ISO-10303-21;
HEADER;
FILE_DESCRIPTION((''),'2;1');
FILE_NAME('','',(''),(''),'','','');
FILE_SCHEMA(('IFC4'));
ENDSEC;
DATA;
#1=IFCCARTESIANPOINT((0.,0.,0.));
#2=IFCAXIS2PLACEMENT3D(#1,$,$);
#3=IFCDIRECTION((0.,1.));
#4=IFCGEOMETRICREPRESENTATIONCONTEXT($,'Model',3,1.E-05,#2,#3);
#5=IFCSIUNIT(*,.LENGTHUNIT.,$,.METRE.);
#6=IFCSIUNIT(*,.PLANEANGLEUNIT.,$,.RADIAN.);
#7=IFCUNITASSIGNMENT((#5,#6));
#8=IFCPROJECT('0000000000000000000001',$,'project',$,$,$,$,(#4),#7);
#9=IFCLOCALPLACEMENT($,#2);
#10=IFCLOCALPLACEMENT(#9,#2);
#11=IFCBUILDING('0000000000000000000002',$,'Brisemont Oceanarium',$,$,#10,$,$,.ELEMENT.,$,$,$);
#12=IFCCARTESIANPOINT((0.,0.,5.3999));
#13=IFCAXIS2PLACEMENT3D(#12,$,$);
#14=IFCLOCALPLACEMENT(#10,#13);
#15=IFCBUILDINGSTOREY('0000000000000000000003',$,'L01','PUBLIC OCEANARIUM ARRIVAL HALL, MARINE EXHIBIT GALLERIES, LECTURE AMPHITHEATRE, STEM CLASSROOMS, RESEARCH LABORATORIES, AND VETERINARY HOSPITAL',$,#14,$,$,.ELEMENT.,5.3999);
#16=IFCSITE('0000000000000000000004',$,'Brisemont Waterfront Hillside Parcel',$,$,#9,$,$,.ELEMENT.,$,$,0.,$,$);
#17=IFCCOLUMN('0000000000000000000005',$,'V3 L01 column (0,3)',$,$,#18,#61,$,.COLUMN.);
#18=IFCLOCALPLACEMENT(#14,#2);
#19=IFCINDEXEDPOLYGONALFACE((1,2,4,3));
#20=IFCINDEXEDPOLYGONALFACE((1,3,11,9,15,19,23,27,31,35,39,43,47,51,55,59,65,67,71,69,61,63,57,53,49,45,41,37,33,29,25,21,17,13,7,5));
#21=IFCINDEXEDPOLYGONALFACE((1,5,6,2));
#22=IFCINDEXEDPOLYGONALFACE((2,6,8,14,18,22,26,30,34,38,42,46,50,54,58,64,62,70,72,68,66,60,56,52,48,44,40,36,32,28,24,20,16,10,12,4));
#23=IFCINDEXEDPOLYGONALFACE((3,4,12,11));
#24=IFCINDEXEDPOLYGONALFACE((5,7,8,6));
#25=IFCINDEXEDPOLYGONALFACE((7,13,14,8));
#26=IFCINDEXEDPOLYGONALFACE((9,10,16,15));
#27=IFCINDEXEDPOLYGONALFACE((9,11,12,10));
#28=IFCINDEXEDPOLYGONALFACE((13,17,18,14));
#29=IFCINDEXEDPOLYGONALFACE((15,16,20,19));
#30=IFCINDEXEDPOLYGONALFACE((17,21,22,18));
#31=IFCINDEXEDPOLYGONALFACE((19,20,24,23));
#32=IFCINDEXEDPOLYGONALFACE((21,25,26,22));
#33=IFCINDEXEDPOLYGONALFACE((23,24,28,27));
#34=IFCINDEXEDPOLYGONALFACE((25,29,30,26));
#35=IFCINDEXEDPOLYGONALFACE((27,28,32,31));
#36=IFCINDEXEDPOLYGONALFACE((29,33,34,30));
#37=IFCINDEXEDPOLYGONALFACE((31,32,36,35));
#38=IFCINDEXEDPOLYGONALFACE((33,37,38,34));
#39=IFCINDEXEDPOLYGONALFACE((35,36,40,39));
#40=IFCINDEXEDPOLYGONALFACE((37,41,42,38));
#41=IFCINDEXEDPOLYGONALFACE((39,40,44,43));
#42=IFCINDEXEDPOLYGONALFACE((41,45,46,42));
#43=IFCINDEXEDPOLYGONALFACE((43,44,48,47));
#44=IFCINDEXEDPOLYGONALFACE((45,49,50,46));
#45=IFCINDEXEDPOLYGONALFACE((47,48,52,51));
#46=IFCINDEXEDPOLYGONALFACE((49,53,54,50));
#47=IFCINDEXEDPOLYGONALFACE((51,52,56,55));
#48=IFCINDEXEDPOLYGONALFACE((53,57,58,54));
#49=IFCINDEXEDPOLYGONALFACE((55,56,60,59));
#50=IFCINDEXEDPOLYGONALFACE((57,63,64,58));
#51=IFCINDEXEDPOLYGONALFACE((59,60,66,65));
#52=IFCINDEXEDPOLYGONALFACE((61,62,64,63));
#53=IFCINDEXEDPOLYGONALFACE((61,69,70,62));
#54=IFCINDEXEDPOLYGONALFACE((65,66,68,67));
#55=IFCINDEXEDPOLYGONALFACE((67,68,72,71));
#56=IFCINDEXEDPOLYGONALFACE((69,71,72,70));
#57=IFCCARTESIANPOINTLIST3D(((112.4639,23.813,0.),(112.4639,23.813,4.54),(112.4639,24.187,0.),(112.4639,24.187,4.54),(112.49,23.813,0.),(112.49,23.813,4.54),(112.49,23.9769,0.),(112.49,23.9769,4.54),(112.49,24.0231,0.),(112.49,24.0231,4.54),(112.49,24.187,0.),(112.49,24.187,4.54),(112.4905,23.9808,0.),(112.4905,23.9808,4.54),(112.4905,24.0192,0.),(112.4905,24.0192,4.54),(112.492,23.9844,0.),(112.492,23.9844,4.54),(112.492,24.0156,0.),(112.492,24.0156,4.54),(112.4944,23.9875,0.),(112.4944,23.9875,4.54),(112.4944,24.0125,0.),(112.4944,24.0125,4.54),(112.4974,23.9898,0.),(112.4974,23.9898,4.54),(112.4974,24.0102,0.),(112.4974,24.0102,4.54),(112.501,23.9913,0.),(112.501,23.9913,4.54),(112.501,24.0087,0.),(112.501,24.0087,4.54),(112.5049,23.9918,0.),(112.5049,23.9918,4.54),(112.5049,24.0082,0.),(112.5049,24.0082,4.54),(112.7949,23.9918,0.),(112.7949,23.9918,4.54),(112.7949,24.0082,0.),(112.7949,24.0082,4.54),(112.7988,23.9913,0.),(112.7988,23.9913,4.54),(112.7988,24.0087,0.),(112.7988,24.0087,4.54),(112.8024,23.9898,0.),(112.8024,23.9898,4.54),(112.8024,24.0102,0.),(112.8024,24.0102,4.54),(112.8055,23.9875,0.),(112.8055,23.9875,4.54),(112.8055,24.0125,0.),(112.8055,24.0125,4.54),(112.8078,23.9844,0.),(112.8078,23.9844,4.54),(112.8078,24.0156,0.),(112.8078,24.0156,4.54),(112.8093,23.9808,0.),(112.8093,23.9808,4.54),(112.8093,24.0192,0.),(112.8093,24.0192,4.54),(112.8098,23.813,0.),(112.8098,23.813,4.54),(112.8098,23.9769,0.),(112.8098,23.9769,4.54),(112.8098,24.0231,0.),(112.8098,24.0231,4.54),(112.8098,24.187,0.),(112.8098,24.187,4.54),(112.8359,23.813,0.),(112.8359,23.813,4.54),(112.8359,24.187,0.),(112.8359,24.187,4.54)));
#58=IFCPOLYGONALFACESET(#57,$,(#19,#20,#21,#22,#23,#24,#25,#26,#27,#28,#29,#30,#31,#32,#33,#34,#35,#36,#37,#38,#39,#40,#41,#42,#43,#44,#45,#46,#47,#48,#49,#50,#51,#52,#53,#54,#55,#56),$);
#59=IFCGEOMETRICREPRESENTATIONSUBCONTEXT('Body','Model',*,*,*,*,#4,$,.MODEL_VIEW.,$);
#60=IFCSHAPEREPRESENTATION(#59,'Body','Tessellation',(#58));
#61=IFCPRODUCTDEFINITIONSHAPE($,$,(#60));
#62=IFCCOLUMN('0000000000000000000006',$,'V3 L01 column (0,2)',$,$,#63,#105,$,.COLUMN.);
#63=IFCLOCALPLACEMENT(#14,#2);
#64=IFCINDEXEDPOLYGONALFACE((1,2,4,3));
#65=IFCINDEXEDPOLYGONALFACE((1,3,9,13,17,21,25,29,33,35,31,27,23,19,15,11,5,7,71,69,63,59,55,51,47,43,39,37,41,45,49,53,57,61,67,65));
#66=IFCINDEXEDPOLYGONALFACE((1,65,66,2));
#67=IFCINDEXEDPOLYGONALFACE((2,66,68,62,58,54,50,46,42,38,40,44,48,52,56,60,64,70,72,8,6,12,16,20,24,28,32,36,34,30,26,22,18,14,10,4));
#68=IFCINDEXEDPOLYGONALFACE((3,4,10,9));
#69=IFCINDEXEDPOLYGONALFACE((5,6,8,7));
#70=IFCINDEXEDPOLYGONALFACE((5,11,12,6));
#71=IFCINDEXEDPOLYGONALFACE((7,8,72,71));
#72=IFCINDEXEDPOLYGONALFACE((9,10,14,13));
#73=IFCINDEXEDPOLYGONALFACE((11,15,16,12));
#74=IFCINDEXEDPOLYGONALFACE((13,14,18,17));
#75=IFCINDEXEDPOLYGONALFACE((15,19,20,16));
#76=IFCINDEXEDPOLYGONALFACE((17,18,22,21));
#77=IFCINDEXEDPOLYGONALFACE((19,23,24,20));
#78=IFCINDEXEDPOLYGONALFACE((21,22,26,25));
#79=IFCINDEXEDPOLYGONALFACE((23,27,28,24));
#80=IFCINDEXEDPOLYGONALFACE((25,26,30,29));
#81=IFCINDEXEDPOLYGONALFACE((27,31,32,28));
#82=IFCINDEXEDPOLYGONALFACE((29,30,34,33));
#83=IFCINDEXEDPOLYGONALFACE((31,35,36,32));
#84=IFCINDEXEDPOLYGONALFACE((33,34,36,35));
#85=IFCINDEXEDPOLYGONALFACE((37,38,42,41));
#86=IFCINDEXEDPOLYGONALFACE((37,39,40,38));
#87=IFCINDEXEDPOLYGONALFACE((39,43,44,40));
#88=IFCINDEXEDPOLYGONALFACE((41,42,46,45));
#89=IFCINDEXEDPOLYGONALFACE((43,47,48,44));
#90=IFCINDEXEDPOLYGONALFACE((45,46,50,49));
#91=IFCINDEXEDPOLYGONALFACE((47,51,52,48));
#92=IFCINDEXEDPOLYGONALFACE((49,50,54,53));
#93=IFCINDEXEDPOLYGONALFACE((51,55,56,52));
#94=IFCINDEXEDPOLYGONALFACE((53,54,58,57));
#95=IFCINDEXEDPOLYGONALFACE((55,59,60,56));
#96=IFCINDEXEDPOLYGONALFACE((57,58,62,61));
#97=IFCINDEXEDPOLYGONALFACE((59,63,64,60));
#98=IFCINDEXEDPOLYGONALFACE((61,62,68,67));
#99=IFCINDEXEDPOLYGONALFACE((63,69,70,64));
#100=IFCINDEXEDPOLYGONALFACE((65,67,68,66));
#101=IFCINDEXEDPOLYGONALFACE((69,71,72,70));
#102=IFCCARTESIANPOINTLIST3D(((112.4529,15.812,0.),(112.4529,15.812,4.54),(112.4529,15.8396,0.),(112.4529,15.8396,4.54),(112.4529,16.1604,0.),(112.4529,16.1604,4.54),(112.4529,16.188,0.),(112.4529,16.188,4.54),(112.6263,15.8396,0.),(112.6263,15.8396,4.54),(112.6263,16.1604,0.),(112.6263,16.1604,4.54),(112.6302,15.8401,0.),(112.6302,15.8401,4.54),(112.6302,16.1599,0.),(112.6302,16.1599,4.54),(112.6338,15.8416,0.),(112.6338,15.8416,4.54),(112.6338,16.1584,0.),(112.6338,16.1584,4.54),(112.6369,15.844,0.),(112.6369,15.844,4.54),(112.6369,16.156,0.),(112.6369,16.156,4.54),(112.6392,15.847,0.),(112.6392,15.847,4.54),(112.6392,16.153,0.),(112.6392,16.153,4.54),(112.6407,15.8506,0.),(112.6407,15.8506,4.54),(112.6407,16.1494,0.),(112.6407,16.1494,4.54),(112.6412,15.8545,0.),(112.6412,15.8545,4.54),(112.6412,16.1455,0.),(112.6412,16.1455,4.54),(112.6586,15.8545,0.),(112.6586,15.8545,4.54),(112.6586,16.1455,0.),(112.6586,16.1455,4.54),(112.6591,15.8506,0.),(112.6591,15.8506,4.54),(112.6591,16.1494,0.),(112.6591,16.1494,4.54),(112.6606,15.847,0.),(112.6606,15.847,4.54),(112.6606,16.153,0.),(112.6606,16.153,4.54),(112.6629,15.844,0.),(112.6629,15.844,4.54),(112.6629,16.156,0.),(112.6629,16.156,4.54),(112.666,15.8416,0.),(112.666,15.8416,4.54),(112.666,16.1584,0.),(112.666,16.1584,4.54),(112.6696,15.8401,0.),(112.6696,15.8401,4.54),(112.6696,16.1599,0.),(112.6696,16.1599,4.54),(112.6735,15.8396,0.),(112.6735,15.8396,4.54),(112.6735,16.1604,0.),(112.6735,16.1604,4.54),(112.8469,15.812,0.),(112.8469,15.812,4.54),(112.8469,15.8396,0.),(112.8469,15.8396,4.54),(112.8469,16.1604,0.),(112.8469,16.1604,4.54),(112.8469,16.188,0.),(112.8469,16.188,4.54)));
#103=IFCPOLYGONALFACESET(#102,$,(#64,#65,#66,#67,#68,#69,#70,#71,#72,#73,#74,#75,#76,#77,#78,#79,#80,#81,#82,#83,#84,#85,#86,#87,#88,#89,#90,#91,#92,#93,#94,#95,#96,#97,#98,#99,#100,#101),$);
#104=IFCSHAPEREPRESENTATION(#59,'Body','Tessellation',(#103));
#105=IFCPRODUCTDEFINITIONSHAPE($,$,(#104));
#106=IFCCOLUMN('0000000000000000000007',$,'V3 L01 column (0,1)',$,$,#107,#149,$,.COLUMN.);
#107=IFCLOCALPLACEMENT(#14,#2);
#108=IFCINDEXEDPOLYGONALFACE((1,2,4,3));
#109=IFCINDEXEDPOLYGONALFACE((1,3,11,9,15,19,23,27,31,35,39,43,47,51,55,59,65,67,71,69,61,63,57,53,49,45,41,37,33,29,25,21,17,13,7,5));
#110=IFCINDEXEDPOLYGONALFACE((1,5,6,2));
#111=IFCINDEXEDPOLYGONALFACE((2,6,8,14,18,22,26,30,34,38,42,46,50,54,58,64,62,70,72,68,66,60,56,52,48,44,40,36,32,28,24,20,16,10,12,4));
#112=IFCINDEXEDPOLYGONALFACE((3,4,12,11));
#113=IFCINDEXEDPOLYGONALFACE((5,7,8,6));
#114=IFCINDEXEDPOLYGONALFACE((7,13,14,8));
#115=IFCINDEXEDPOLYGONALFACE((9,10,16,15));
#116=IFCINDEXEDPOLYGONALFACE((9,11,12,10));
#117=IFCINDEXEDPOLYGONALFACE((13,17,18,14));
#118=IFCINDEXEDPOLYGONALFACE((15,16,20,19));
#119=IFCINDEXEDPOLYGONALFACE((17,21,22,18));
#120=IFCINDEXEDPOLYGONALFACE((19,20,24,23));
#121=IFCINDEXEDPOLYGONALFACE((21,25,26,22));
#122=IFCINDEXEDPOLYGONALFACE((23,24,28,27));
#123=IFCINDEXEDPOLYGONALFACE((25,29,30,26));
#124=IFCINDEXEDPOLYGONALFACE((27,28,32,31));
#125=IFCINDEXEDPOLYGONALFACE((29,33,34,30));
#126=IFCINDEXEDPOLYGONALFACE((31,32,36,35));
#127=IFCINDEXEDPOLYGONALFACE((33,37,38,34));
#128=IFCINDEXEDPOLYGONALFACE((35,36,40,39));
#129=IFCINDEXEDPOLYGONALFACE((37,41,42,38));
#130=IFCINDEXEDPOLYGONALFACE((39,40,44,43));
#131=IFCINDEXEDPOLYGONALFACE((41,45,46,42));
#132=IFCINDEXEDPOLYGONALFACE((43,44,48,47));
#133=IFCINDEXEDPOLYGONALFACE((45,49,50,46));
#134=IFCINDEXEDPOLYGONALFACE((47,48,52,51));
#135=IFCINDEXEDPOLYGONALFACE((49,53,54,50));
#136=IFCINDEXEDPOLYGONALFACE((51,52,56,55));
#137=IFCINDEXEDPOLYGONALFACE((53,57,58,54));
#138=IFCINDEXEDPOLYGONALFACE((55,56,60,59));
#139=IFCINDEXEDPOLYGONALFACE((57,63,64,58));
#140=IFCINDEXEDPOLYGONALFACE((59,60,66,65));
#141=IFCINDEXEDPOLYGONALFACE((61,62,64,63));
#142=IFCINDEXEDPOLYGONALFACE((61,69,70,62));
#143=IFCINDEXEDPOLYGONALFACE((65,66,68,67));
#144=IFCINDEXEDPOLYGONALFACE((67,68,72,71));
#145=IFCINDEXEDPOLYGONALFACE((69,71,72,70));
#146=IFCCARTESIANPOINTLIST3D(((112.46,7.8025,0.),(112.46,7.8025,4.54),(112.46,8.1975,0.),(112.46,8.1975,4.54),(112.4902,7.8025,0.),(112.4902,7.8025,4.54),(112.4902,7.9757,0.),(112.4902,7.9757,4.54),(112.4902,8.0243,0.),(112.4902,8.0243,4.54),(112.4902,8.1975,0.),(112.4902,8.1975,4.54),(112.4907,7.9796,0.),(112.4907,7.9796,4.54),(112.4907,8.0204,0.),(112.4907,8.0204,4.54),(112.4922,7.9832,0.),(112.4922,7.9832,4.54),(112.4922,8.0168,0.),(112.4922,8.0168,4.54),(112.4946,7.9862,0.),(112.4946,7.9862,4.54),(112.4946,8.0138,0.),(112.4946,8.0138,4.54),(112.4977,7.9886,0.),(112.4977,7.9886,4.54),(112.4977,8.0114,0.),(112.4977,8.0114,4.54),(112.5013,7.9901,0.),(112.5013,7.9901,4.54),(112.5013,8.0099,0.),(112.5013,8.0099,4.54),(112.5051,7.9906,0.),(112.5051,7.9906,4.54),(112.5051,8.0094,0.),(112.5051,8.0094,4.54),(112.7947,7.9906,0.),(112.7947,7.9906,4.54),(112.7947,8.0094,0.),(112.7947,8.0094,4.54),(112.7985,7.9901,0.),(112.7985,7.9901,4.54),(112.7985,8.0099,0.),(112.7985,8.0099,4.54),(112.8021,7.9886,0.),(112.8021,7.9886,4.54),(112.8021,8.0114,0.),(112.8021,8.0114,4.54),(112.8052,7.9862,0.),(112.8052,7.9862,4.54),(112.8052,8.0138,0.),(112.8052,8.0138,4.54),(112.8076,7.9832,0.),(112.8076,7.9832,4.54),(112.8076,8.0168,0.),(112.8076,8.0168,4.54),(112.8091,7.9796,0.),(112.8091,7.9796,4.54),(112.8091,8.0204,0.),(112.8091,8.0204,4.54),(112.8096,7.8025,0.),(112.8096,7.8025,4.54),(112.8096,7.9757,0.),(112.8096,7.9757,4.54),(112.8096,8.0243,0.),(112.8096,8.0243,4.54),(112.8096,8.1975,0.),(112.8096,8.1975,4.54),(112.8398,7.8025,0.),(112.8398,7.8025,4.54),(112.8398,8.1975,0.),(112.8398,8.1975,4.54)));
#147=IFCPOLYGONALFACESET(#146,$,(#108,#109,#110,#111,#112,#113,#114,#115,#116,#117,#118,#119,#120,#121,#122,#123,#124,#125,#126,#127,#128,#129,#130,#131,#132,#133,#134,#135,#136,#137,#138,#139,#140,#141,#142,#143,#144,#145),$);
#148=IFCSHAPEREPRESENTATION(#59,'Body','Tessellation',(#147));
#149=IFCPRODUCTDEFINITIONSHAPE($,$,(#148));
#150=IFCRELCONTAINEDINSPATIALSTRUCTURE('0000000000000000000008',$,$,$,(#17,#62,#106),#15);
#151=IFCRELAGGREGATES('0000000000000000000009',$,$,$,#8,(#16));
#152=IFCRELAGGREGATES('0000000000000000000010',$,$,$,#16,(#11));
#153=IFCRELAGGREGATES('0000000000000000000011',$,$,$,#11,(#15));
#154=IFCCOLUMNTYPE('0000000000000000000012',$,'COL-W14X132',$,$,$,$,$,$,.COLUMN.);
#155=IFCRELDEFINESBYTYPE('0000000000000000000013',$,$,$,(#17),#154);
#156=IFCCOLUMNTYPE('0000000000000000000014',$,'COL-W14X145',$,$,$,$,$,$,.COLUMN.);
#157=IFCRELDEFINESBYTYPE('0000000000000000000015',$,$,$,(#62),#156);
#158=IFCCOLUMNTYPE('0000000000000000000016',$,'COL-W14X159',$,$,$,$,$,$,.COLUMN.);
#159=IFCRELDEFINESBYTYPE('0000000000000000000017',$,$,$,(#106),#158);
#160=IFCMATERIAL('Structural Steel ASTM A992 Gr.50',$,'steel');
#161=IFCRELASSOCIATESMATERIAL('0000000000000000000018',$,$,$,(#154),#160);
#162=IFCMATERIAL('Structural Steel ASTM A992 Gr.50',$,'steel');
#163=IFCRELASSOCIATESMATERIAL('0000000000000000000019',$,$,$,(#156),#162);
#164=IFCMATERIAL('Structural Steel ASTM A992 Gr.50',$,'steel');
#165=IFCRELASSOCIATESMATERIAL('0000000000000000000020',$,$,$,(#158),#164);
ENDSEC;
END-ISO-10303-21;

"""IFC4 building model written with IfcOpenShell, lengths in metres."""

from ifc_helpers import new_model, si_unit, direction, frame, origin, origin_2d, place, context, subcontext, project, spatial, i_section, extrude, material, material_profile, profile_set, type_object, element, save


model = new_model("IFC4")

# Units and contexts
model_context = context("Model", 3, precision=1e-05, world=origin(), true_north=direction((0.0, 1.0)))
body_context = subcontext(model_context, "Body", "Model", "MODEL_VIEW")
ifc_project = project(units=[si_unit("LENGTHUNIT", "METRE"), si_unit("PLANEANGLEUNIT", "RADIAN")], contexts=[model_context])

# Site, building, storey
site_placement = place(None, origin())
site = spatial("IfcSite", under=ifc_project, at=site_placement, Name="Brisemont Waterfront Hillside Parcel", CompositionType="ELEMENT", RefElevation=0.0)
building_placement = place(site_placement, origin())
building = spatial("IfcBuilding", under=site, at=building_placement, Name="Brisemont Oceanarium", CompositionType="ELEMENT")
storey_placement = place(building_placement, frame((0.0, 0.0, 5.3999)))
storey = spatial("IfcBuildingStorey", under=building, at=storey_placement, Name="L01", Description="PUBLIC OCEANARIUM ARRIVAL HALL, MARINE EXHIBIT GALLERIES, LECTURE AMPHITHEATRE, STEM CLASSROOMS, RESEARCH LABORATORIES, AND VETERINARY HOSPITAL", CompositionType="ELEMENT", Elevation=5.3999)

# Columns
ifc_material_1 = material(Name="Structural Steel ASTM A992 Gr.50", Category="steel")
ifc_material_profile_1 = material_profile(ifc_material_1, i_section(OverallWidth=0.374, OverallDepth=0.3721, WebThickness=0.0164, FlangeThickness=0.0261, FilletRadius=0.0149, at=origin_2d()), Name="W14X132")
ifc_profile_set_1 = profile_set([ifc_material_profile_1], Name="Structural Steel ASTM A992 Gr.50")
column_type_1 = type_object("IfcColumnType", Name="COL-W14X132", PredefinedType="COLUMN", material=ifc_profile_set_1)
column_1_placement = place(storey_placement, frame((112.6499, 24.0, 0.0), z_axis=(0.0, 0.0, 1.0), x_axis=(0.0, 1.0, 0.0)))
element("IfcColumn", 1, at=column_1_placement, inside=storey, type_object=column_type_1, Name="V3 L01 column (0,3)", PredefinedType="COLUMN", context=body_context, shape_type="SweptSolid", body=[
    extrude(i_section(OverallWidth=0.374, OverallDepth=0.3721, WebThickness=0.0164, FlangeThickness=0.0261, FilletRadius=0.0149, at=origin_2d()), origin(), (0.0, 0.0, 1.0), 4.54),
])
ifc_material_2 = material(Name="Structural Steel ASTM A992 Gr.50", Category="steel")
ifc_material_profile_2 = material_profile(ifc_material_2, i_section(OverallWidth=0.394, OverallDepth=0.376, WebThickness=0.0173, FlangeThickness=0.0276, FilletRadius=0.0149, at=origin_2d()), Name="W14X145")
ifc_profile_set_2 = profile_set([ifc_material_profile_2], Name="Structural Steel ASTM A992 Gr.50")
column_type_2 = type_object("IfcColumnType", Name="COL-W14X145", PredefinedType="COLUMN", material=ifc_profile_set_2)
column_2_placement = place(storey_placement, frame((112.6499, 16.0, 0.0), z_axis=(0.0, 0.0, 1.0), x_axis=(1.0, 0.0, 0.0)))
element("IfcColumn", 2, at=column_2_placement, inside=storey, type_object=column_type_2, Name="V3 L01 column (0,2)", PredefinedType="COLUMN", context=body_context, shape_type="SweptSolid", body=[
    extrude(i_section(OverallWidth=0.394, OverallDepth=0.376, WebThickness=0.0173, FlangeThickness=0.0276, FilletRadius=0.0149, at=origin_2d()), origin(), (0.0, 0.0, 1.0), 4.54),
])
ifc_material_3 = material(Name="Structural Steel ASTM A992 Gr.50", Category="steel")
ifc_material_profile_3 = material_profile(ifc_material_3, i_section(OverallWidth=0.395, OverallDepth=0.3799, WebThickness=0.0188, FlangeThickness=0.0303, FilletRadius=0.0149, at=origin_2d()), Name="W14X159")
ifc_profile_set_3 = profile_set([ifc_material_profile_3], Name="Structural Steel ASTM A992 Gr.50")
column_type_3 = type_object("IfcColumnType", Name="COL-W14X159", PredefinedType="COLUMN", material=ifc_profile_set_3)
column_3_placement = place(storey_placement, frame((112.6499, 8.0, 0.0), z_axis=(0.0, 0.0, 1.0), x_axis=(0.0, 1.0, 0.0)))
element("IfcColumn", 3, at=column_3_placement, inside=storey, type_object=column_type_3, Name="V3 L01 column (0,1)", PredefinedType="COLUMN", context=body_context, shape_type="SweptSolid", body=[
    extrude(i_section(OverallWidth=0.395, OverallDepth=0.3799, WebThickness=0.0188, FlangeThickness=0.0303, FilletRadius=0.0149, at=origin_2d()), origin(), (0.0, 0.0, 1.0), 4.54),
])

save(model, "model.ifc")
